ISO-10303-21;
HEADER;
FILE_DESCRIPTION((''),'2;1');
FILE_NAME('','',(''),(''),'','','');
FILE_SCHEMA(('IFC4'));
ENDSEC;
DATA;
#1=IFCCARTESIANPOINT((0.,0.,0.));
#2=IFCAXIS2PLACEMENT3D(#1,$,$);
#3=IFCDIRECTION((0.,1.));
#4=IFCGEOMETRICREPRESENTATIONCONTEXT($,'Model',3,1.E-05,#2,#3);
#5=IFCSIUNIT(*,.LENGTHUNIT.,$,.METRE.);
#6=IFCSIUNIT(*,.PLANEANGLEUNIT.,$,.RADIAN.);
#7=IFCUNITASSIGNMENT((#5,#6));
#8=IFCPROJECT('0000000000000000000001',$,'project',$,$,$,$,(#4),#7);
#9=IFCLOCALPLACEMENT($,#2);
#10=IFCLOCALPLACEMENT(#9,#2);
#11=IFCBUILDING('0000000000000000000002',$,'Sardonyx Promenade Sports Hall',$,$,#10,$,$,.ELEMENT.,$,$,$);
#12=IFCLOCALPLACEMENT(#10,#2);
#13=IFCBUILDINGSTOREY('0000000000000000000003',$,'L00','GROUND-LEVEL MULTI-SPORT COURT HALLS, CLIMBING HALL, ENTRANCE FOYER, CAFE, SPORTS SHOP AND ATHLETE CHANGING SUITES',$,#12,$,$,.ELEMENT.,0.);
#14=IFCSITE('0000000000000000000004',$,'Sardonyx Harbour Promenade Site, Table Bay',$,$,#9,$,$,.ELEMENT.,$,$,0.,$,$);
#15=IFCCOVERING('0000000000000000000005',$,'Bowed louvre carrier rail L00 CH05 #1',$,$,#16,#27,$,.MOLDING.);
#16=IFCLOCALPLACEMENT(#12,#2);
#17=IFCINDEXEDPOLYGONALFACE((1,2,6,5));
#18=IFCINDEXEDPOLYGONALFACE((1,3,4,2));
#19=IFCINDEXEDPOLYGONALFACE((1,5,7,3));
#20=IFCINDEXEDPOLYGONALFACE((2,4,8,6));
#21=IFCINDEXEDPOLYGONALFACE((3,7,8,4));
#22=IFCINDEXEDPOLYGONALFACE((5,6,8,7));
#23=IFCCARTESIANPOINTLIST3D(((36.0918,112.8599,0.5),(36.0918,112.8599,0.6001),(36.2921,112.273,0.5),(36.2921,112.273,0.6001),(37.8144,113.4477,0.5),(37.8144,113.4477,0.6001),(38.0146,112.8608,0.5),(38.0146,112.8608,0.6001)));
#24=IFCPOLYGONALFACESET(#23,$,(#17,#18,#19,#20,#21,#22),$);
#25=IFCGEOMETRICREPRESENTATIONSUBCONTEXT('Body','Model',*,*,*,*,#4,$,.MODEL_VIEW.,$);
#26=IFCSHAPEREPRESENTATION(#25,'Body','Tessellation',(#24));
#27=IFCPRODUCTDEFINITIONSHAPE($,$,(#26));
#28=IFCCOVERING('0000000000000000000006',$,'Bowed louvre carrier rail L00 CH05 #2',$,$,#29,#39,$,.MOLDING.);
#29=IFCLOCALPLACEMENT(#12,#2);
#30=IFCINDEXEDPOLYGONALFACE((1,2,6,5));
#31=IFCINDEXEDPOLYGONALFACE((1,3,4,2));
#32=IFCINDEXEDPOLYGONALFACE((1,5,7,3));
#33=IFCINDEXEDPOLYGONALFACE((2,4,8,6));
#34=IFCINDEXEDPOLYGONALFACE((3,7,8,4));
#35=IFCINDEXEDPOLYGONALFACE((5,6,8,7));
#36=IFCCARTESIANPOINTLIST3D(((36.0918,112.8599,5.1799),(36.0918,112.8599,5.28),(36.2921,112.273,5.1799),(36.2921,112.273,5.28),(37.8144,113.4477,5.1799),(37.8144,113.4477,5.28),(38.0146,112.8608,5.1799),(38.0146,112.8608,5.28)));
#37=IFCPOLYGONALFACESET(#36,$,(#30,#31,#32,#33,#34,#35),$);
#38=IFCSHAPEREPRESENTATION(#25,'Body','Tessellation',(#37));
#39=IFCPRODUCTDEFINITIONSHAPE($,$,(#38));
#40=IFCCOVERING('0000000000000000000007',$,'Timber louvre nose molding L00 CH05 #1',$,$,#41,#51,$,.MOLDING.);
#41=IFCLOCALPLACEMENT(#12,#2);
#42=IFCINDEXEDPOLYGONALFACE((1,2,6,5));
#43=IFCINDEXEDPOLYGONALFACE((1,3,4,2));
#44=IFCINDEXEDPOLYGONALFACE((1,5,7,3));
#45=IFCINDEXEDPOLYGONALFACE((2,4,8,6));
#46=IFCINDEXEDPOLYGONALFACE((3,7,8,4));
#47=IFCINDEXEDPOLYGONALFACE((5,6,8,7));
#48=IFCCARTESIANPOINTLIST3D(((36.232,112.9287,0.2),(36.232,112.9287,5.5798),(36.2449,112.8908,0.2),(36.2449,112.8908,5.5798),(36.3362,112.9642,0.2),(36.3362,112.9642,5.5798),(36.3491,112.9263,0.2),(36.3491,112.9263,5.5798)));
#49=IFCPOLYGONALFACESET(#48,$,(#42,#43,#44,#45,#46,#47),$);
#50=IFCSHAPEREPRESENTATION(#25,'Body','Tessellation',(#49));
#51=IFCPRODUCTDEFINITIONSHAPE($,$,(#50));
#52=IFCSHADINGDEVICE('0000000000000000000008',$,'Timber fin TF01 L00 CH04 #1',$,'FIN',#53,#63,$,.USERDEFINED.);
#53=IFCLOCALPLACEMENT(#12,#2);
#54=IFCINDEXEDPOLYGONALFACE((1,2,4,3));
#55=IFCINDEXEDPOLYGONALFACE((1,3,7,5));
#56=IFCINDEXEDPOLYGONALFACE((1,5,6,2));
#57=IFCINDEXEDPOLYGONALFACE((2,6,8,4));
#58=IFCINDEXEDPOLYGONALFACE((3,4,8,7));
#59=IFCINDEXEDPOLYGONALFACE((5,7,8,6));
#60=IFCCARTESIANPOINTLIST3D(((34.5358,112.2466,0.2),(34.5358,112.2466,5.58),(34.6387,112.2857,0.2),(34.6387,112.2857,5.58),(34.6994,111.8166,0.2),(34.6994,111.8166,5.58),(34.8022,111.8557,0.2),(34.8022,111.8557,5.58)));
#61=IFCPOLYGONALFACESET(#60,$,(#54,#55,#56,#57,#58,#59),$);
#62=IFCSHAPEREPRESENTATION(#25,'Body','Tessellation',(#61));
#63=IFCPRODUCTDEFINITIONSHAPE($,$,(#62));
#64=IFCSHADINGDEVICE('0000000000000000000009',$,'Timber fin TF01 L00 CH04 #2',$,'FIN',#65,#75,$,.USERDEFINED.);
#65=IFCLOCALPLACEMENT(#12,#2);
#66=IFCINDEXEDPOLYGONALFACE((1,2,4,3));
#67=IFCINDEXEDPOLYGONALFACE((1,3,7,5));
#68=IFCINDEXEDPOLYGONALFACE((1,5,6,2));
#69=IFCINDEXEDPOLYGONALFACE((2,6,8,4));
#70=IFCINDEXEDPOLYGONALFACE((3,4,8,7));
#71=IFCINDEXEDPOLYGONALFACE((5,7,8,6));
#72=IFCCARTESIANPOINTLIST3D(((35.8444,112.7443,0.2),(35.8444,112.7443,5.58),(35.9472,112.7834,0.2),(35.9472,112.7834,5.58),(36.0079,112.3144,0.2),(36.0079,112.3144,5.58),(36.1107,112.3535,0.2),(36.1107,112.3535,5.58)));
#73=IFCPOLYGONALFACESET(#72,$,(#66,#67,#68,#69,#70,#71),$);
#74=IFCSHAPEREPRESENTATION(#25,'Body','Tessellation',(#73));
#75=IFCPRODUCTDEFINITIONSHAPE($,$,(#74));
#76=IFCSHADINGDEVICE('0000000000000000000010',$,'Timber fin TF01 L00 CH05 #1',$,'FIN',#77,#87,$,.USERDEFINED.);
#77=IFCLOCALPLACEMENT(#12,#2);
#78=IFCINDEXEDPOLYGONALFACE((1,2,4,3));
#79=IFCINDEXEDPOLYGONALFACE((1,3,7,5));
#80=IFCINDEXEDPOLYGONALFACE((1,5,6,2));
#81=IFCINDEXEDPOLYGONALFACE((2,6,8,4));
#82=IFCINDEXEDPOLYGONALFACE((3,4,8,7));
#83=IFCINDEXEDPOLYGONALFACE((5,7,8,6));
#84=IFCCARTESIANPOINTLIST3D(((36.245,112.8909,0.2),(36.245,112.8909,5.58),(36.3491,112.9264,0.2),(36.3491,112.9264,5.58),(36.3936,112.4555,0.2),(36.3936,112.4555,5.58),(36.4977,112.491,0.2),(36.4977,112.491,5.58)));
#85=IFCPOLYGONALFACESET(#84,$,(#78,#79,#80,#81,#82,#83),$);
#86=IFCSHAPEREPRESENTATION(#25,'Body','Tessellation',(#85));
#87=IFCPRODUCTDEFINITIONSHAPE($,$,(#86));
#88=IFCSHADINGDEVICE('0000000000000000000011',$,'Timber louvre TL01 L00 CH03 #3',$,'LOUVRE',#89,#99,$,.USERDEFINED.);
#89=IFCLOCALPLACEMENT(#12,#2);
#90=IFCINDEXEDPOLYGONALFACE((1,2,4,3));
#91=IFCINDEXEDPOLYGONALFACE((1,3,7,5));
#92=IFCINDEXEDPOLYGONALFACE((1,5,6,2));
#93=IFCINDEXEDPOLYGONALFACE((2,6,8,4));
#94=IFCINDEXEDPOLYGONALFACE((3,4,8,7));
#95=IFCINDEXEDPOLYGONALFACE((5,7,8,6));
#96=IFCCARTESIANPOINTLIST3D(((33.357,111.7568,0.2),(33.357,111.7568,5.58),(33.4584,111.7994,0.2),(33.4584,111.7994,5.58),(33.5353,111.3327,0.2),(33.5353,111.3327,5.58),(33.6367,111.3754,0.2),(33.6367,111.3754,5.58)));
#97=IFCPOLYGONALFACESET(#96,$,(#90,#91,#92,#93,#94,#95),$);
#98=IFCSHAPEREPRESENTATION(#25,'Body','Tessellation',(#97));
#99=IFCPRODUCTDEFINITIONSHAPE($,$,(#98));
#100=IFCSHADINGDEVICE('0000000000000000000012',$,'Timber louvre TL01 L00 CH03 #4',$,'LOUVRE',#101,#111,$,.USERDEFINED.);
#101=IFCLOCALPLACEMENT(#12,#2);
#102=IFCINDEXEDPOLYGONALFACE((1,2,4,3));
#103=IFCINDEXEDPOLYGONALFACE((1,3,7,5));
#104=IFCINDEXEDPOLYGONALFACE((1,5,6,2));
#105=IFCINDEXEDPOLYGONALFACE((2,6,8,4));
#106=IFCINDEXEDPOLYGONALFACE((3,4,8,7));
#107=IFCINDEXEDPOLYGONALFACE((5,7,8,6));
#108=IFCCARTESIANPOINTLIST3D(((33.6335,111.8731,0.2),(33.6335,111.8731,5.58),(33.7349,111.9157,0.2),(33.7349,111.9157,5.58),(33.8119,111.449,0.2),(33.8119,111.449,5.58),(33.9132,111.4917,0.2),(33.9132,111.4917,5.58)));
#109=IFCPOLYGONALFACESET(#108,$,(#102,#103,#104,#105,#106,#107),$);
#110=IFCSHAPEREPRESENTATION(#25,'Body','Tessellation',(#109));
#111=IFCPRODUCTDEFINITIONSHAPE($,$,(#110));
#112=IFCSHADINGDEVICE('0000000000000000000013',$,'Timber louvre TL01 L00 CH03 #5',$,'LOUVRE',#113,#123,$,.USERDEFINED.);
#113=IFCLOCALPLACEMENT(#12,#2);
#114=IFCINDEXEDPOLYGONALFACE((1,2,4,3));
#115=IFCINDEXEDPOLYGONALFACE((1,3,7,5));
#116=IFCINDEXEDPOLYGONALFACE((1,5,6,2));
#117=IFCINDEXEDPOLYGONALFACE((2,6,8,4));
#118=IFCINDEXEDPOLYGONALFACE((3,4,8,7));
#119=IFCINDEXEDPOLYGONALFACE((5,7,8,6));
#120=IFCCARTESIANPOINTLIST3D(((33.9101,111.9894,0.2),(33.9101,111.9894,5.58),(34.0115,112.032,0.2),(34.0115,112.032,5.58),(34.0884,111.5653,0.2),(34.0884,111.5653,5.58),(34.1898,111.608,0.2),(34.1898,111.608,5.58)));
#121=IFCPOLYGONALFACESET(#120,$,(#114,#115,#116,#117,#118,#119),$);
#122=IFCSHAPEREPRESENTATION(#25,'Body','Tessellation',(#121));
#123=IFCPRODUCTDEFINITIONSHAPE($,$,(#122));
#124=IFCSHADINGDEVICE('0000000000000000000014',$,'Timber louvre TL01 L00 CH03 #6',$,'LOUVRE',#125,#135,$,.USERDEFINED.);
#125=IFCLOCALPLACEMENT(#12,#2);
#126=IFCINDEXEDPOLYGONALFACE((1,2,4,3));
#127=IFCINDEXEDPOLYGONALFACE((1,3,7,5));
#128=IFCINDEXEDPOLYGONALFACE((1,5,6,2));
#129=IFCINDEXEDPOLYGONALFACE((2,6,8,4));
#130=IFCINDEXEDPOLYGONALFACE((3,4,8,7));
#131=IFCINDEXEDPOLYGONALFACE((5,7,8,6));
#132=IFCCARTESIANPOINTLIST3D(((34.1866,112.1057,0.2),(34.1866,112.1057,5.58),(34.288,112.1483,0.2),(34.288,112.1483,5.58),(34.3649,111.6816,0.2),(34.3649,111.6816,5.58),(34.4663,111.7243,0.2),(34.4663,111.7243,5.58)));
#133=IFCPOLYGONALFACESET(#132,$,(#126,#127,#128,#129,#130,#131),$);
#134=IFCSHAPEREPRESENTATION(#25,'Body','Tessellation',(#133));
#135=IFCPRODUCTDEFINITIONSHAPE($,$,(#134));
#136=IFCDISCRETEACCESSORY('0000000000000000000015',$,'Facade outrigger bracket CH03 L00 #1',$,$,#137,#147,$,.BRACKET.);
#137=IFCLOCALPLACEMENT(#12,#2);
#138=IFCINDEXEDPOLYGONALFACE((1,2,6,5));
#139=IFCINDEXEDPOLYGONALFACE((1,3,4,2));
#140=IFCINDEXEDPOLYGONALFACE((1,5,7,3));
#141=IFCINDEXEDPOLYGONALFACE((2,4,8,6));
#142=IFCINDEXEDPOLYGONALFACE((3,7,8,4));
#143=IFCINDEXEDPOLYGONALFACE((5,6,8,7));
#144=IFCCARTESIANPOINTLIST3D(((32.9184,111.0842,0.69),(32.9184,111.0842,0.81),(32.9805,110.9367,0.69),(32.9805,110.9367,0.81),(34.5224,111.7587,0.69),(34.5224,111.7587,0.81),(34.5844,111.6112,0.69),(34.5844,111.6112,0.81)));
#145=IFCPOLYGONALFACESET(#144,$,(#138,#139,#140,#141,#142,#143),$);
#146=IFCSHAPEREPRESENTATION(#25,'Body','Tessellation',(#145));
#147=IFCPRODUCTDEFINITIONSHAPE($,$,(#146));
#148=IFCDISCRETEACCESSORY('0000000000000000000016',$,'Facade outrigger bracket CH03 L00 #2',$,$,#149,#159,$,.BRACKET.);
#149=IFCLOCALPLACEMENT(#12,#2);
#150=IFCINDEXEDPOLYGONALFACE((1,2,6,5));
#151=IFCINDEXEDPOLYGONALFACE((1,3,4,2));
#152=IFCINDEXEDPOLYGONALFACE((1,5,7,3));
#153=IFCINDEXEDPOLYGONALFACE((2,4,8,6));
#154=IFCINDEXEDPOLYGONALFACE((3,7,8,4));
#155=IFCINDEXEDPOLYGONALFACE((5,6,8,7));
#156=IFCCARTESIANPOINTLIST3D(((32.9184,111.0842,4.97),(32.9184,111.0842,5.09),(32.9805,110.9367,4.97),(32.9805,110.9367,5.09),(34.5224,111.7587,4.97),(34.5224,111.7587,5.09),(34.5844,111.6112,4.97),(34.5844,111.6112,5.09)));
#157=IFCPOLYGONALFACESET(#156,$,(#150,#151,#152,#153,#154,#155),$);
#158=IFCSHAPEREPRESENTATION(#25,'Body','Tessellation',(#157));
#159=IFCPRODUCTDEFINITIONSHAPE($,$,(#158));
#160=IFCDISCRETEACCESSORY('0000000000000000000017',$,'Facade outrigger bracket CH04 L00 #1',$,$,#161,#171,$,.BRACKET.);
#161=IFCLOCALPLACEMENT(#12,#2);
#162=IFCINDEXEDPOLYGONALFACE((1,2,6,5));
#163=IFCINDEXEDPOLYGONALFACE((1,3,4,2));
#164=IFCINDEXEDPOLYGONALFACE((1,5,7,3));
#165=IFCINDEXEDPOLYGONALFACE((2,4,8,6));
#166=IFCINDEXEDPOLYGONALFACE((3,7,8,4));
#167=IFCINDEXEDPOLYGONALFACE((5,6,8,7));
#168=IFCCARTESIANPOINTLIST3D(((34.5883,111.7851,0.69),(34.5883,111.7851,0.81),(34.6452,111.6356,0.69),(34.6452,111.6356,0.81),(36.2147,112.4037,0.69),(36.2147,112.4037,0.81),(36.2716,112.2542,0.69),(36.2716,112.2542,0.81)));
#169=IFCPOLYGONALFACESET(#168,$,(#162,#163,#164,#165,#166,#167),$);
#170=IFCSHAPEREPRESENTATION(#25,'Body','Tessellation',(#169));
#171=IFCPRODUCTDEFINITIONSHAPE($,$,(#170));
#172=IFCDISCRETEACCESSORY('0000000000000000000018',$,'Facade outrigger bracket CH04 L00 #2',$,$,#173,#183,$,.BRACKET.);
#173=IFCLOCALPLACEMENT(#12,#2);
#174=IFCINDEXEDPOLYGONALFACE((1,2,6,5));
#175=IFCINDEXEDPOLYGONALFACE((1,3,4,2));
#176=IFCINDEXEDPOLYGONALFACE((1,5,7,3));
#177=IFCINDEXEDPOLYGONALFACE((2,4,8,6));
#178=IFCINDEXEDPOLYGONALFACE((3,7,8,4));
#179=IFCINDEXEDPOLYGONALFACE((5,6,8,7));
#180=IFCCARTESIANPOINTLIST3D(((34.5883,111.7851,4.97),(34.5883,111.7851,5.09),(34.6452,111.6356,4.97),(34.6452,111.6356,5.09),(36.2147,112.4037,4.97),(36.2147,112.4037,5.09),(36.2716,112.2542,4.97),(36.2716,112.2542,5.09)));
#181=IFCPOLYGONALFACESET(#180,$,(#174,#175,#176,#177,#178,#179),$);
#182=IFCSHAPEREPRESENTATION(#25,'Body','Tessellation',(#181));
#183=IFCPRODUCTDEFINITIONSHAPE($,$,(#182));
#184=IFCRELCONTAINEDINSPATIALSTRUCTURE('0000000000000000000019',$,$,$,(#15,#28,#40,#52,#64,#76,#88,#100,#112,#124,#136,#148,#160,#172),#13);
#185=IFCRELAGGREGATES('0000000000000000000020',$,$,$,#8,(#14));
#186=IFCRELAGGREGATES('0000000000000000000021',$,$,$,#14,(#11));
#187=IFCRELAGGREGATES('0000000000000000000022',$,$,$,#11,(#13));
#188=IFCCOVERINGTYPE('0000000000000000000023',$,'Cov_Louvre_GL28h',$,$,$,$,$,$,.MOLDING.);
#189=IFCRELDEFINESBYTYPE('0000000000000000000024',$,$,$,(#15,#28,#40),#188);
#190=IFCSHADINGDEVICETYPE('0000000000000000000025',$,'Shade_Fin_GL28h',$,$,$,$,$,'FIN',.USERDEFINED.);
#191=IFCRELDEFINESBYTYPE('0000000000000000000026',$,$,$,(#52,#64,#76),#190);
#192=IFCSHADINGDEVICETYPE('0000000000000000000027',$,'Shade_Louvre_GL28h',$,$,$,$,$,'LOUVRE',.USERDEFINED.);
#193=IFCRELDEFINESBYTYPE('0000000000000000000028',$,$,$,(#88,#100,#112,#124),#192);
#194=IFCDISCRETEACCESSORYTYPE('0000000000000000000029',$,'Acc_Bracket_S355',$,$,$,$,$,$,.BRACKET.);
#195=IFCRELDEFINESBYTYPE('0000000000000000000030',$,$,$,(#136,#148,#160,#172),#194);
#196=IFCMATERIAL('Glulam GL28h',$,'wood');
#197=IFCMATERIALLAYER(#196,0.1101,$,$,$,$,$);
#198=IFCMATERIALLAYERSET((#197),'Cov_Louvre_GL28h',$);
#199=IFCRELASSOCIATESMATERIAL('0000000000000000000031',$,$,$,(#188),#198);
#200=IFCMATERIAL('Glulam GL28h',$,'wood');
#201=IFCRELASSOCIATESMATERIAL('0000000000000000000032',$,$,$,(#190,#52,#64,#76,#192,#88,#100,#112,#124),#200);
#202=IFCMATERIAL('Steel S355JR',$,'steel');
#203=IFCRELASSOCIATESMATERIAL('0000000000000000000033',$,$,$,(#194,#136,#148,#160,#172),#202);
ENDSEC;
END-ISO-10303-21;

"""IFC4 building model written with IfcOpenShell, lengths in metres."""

from ifc_helpers import new_model, si_unit, direction, frame, origin, origin_2d, place, context, subcontext, project, spatial, rectangle, extrude, material, layer, layer_set, type_object, element, save


model = new_model("IFC4")

# Units and contexts
model_context = context("Model", 3, precision=1e-05, world=origin(), true_north=direction((0.0, 1.0)))
body_context = subcontext(model_context, "Body", "Model", "MODEL_VIEW")
ifc_project = project(units=[si_unit("LENGTHUNIT", "METRE"), si_unit("PLANEANGLEUNIT", "RADIAN")], contexts=[model_context])

# Site, building, storey
site_placement = place(None, origin())
site = spatial("IfcSite", under=ifc_project, at=site_placement, Name="Sardonyx Harbour Promenade Site, Table Bay", CompositionType="ELEMENT", RefElevation=0.0)
building_placement = place(site_placement, origin())
building = spatial("IfcBuilding", under=site, at=building_placement, Name="Sardonyx Promenade Sports Hall", CompositionType="ELEMENT")
storey_placement = place(building_placement, origin())
storey = spatial("IfcBuildingStorey", under=building, at=storey_placement, Name="L00", Description="GROUND-LEVEL MULTI-SPORT COURT HALLS, CLIMBING HALL, ENTRANCE FOYER, CAFE, SPORTS SHOP AND ATHLETE CHANGING SUITES", CompositionType="ELEMENT", Elevation=0.0)

# Coverings
ifc_material_1 = material(Name="Glulam GL28h", Category="wood")
ifc_layer_1 = layer(ifc_material_1, 0.1101)
ifc_layer_set_1 = layer_set([ifc_layer_1], Name="Cov_Louvre_GL28h")
covering_type = type_object("IfcCoveringType", Name="Cov_Louvre_GL28h", PredefinedType="MOLDING", material=ifc_layer_set_1)
for number, where, z_axis, x_axis, name in (
    (1, (37.0532, 112.8604, 0.5), (0.0, 0.0, 1.0), (0.946411, 0.322966, 0.0), "Bowed louvre carrier rail L00 CH05 #1"),
    (2, (37.0532, 112.8604, 5.1799), (0.0, 0.0, 1.0), (0.946411, 0.322966, 0.0), "Bowed louvre carrier rail L00 CH05 #2"),
):
    element("IfcCovering", number, at=place(storey_placement, frame(where, z_axis=z_axis, x_axis=x_axis)), inside=storey, type_object=covering_type, Name=name, PredefinedType="MOLDING", context=body_context, shape_type="SweptSolid", body=[
        extrude(rectangle(XDim=1.8201, YDim=0.6201, at=origin_2d()), origin(), (0.0, 0.0, 1.0), 0.1001),
    ])
covering_placement = place(storey_placement, frame((36.2905, 112.9275, 0.2), z_axis=(0.0, 0.0, 1.0), x_axis=(0.946411, 0.322966, 0.0)))
element("IfcCovering", 3, at=covering_placement, inside=storey, type_object=covering_type, Name="Timber louvre nose molding L00 CH05 #1", PredefinedType="MOLDING", context=body_context, shape_type="SweptSolid", body=[
    extrude(rectangle(XDim=0.1101, YDim=0.04, at=origin_2d()), origin(), (0.0, 0.0, 1.0), 5.3799),
])

# Shading devices
ifc_material_2 = material(Name="Glulam GL28h", Category="wood")
shading_device_type_1 = type_object("IfcShadingDeviceType", Name="Shade_Fin_GL28h", ElementType="FIN", PredefinedType="USERDEFINED", material=ifc_material_2)
for number, where, z_axis, x_axis, name in (
    (4, (34.669, 112.0512, 0.2), (0.0, 0.0, 1.0), (0.934666, 0.355528, 0.0), "Timber fin TF01 L00 CH04 #1"),
    (5, (35.9776, 112.5489, 0.2), (0.0, 0.0, 1.0), (0.934666, 0.355528, 0.0), "Timber fin TF01 L00 CH04 #2"),
    (6, (36.3714, 112.6909, 0.2), (0.0, 0.0, 1.0), (0.946411, 0.322966, 0.0), "Timber fin TF01 L00 CH05 #1"),
):
    element("IfcShadingDevice", number, at=place(storey_placement, frame(where, z_axis=z_axis, x_axis=x_axis)), inside=storey, type_object=shading_device_type_1, material=ifc_material_2, Name=name, ObjectType="FIN", PredefinedType="USERDEFINED", context=body_context, shape_type="SweptSolid", body=[
        extrude(rectangle(XDim=0.11, YDim=0.46), origin(), (0.0, 0.0, 1.0), 5.38),
    ])
shading_device_type_2 = type_object("IfcShadingDeviceType", Name="Shade_Louvre_GL28h", ElementType="LOUVRE", PredefinedType="USERDEFINED", material=ifc_material_2)
for number, where, z_axis, x_axis, name in (
    (7, (33.4968, 111.5661, 0.2), (0.0, 0.0, 1.0), (0.9218, 0.387665, 0.0), "Timber louvre TL01 L00 CH03 #3"),
    (8, (33.7734, 111.6824, 0.2), (0.0, 0.0, 1.0), (0.9218, 0.387665, 0.0), "Timber louvre TL01 L00 CH03 #4"),
    (9, (34.0499, 111.7987, 0.2), (0.0, 0.0, 1.0), (0.9218, 0.387665, 0.0), "Timber louvre TL01 L00 CH03 #5"),
    (10, (34.3265, 111.915, 0.2), (0.0, 0.0, 1.0), (0.9218, 0.387665, 0.0), "Timber louvre TL01 L00 CH03 #6"),
):
    element("IfcShadingDevice", number, at=place(storey_placement, frame(where, z_axis=z_axis, x_axis=x_axis)), inside=storey, type_object=shading_device_type_2, material=ifc_material_2, Name=name, ObjectType="LOUVRE", PredefinedType="USERDEFINED", context=body_context, shape_type="SweptSolid", body=[
        extrude(rectangle(XDim=0.11, YDim=0.46), origin(), (0.0, 0.0, 1.0), 5.38),
    ])

# Discrete accessories
ifc_material_3 = material(Name="Steel S355JR", Category="steel")
discrete_accessory_type = type_object("IfcDiscreteAccessoryType", Name="Acc_Bracket_S355", PredefinedType="BRACKET", material=ifc_material_3)
for number, where, z_axis, x_axis, name in (
    (11, (33.7514, 111.3477, 0.69), (0.0, 0.0, 1.0), (0.9218, 0.387665, 0.0), "Facade outrigger bracket CH03 L00 #1"),
    (12, (33.7514, 111.3477, 4.97), (0.0, 0.0, 1.0), (0.9218, 0.387665, 0.0), "Facade outrigger bracket CH03 L00 #2"),
    (13, (35.4299, 112.0196, 0.69), (0.0, 0.0, 1.0), (0.934666, 0.355528, 0.0), "Facade outrigger bracket CH04 L00 #1"),
    (14, (35.4299, 112.0196, 4.97), (0.0, 0.0, 1.0), (0.934666, 0.355528, 0.0), "Facade outrigger bracket CH04 L00 #2"),
):
    element("IfcDiscreteAccessory", number, at=place(storey_placement, frame(where, z_axis=z_axis, x_axis=x_axis)), inside=storey, type_object=discrete_accessory_type, material=ifc_material_3, Name=name, PredefinedType="BRACKET", context=body_context, shape_type="SweptSolid", body=[
        extrude(rectangle(XDim=1.74, YDim=0.16), origin(), (0.0, 0.0, 1.0), 0.12),
    ])

save(model, "model.ifc")
